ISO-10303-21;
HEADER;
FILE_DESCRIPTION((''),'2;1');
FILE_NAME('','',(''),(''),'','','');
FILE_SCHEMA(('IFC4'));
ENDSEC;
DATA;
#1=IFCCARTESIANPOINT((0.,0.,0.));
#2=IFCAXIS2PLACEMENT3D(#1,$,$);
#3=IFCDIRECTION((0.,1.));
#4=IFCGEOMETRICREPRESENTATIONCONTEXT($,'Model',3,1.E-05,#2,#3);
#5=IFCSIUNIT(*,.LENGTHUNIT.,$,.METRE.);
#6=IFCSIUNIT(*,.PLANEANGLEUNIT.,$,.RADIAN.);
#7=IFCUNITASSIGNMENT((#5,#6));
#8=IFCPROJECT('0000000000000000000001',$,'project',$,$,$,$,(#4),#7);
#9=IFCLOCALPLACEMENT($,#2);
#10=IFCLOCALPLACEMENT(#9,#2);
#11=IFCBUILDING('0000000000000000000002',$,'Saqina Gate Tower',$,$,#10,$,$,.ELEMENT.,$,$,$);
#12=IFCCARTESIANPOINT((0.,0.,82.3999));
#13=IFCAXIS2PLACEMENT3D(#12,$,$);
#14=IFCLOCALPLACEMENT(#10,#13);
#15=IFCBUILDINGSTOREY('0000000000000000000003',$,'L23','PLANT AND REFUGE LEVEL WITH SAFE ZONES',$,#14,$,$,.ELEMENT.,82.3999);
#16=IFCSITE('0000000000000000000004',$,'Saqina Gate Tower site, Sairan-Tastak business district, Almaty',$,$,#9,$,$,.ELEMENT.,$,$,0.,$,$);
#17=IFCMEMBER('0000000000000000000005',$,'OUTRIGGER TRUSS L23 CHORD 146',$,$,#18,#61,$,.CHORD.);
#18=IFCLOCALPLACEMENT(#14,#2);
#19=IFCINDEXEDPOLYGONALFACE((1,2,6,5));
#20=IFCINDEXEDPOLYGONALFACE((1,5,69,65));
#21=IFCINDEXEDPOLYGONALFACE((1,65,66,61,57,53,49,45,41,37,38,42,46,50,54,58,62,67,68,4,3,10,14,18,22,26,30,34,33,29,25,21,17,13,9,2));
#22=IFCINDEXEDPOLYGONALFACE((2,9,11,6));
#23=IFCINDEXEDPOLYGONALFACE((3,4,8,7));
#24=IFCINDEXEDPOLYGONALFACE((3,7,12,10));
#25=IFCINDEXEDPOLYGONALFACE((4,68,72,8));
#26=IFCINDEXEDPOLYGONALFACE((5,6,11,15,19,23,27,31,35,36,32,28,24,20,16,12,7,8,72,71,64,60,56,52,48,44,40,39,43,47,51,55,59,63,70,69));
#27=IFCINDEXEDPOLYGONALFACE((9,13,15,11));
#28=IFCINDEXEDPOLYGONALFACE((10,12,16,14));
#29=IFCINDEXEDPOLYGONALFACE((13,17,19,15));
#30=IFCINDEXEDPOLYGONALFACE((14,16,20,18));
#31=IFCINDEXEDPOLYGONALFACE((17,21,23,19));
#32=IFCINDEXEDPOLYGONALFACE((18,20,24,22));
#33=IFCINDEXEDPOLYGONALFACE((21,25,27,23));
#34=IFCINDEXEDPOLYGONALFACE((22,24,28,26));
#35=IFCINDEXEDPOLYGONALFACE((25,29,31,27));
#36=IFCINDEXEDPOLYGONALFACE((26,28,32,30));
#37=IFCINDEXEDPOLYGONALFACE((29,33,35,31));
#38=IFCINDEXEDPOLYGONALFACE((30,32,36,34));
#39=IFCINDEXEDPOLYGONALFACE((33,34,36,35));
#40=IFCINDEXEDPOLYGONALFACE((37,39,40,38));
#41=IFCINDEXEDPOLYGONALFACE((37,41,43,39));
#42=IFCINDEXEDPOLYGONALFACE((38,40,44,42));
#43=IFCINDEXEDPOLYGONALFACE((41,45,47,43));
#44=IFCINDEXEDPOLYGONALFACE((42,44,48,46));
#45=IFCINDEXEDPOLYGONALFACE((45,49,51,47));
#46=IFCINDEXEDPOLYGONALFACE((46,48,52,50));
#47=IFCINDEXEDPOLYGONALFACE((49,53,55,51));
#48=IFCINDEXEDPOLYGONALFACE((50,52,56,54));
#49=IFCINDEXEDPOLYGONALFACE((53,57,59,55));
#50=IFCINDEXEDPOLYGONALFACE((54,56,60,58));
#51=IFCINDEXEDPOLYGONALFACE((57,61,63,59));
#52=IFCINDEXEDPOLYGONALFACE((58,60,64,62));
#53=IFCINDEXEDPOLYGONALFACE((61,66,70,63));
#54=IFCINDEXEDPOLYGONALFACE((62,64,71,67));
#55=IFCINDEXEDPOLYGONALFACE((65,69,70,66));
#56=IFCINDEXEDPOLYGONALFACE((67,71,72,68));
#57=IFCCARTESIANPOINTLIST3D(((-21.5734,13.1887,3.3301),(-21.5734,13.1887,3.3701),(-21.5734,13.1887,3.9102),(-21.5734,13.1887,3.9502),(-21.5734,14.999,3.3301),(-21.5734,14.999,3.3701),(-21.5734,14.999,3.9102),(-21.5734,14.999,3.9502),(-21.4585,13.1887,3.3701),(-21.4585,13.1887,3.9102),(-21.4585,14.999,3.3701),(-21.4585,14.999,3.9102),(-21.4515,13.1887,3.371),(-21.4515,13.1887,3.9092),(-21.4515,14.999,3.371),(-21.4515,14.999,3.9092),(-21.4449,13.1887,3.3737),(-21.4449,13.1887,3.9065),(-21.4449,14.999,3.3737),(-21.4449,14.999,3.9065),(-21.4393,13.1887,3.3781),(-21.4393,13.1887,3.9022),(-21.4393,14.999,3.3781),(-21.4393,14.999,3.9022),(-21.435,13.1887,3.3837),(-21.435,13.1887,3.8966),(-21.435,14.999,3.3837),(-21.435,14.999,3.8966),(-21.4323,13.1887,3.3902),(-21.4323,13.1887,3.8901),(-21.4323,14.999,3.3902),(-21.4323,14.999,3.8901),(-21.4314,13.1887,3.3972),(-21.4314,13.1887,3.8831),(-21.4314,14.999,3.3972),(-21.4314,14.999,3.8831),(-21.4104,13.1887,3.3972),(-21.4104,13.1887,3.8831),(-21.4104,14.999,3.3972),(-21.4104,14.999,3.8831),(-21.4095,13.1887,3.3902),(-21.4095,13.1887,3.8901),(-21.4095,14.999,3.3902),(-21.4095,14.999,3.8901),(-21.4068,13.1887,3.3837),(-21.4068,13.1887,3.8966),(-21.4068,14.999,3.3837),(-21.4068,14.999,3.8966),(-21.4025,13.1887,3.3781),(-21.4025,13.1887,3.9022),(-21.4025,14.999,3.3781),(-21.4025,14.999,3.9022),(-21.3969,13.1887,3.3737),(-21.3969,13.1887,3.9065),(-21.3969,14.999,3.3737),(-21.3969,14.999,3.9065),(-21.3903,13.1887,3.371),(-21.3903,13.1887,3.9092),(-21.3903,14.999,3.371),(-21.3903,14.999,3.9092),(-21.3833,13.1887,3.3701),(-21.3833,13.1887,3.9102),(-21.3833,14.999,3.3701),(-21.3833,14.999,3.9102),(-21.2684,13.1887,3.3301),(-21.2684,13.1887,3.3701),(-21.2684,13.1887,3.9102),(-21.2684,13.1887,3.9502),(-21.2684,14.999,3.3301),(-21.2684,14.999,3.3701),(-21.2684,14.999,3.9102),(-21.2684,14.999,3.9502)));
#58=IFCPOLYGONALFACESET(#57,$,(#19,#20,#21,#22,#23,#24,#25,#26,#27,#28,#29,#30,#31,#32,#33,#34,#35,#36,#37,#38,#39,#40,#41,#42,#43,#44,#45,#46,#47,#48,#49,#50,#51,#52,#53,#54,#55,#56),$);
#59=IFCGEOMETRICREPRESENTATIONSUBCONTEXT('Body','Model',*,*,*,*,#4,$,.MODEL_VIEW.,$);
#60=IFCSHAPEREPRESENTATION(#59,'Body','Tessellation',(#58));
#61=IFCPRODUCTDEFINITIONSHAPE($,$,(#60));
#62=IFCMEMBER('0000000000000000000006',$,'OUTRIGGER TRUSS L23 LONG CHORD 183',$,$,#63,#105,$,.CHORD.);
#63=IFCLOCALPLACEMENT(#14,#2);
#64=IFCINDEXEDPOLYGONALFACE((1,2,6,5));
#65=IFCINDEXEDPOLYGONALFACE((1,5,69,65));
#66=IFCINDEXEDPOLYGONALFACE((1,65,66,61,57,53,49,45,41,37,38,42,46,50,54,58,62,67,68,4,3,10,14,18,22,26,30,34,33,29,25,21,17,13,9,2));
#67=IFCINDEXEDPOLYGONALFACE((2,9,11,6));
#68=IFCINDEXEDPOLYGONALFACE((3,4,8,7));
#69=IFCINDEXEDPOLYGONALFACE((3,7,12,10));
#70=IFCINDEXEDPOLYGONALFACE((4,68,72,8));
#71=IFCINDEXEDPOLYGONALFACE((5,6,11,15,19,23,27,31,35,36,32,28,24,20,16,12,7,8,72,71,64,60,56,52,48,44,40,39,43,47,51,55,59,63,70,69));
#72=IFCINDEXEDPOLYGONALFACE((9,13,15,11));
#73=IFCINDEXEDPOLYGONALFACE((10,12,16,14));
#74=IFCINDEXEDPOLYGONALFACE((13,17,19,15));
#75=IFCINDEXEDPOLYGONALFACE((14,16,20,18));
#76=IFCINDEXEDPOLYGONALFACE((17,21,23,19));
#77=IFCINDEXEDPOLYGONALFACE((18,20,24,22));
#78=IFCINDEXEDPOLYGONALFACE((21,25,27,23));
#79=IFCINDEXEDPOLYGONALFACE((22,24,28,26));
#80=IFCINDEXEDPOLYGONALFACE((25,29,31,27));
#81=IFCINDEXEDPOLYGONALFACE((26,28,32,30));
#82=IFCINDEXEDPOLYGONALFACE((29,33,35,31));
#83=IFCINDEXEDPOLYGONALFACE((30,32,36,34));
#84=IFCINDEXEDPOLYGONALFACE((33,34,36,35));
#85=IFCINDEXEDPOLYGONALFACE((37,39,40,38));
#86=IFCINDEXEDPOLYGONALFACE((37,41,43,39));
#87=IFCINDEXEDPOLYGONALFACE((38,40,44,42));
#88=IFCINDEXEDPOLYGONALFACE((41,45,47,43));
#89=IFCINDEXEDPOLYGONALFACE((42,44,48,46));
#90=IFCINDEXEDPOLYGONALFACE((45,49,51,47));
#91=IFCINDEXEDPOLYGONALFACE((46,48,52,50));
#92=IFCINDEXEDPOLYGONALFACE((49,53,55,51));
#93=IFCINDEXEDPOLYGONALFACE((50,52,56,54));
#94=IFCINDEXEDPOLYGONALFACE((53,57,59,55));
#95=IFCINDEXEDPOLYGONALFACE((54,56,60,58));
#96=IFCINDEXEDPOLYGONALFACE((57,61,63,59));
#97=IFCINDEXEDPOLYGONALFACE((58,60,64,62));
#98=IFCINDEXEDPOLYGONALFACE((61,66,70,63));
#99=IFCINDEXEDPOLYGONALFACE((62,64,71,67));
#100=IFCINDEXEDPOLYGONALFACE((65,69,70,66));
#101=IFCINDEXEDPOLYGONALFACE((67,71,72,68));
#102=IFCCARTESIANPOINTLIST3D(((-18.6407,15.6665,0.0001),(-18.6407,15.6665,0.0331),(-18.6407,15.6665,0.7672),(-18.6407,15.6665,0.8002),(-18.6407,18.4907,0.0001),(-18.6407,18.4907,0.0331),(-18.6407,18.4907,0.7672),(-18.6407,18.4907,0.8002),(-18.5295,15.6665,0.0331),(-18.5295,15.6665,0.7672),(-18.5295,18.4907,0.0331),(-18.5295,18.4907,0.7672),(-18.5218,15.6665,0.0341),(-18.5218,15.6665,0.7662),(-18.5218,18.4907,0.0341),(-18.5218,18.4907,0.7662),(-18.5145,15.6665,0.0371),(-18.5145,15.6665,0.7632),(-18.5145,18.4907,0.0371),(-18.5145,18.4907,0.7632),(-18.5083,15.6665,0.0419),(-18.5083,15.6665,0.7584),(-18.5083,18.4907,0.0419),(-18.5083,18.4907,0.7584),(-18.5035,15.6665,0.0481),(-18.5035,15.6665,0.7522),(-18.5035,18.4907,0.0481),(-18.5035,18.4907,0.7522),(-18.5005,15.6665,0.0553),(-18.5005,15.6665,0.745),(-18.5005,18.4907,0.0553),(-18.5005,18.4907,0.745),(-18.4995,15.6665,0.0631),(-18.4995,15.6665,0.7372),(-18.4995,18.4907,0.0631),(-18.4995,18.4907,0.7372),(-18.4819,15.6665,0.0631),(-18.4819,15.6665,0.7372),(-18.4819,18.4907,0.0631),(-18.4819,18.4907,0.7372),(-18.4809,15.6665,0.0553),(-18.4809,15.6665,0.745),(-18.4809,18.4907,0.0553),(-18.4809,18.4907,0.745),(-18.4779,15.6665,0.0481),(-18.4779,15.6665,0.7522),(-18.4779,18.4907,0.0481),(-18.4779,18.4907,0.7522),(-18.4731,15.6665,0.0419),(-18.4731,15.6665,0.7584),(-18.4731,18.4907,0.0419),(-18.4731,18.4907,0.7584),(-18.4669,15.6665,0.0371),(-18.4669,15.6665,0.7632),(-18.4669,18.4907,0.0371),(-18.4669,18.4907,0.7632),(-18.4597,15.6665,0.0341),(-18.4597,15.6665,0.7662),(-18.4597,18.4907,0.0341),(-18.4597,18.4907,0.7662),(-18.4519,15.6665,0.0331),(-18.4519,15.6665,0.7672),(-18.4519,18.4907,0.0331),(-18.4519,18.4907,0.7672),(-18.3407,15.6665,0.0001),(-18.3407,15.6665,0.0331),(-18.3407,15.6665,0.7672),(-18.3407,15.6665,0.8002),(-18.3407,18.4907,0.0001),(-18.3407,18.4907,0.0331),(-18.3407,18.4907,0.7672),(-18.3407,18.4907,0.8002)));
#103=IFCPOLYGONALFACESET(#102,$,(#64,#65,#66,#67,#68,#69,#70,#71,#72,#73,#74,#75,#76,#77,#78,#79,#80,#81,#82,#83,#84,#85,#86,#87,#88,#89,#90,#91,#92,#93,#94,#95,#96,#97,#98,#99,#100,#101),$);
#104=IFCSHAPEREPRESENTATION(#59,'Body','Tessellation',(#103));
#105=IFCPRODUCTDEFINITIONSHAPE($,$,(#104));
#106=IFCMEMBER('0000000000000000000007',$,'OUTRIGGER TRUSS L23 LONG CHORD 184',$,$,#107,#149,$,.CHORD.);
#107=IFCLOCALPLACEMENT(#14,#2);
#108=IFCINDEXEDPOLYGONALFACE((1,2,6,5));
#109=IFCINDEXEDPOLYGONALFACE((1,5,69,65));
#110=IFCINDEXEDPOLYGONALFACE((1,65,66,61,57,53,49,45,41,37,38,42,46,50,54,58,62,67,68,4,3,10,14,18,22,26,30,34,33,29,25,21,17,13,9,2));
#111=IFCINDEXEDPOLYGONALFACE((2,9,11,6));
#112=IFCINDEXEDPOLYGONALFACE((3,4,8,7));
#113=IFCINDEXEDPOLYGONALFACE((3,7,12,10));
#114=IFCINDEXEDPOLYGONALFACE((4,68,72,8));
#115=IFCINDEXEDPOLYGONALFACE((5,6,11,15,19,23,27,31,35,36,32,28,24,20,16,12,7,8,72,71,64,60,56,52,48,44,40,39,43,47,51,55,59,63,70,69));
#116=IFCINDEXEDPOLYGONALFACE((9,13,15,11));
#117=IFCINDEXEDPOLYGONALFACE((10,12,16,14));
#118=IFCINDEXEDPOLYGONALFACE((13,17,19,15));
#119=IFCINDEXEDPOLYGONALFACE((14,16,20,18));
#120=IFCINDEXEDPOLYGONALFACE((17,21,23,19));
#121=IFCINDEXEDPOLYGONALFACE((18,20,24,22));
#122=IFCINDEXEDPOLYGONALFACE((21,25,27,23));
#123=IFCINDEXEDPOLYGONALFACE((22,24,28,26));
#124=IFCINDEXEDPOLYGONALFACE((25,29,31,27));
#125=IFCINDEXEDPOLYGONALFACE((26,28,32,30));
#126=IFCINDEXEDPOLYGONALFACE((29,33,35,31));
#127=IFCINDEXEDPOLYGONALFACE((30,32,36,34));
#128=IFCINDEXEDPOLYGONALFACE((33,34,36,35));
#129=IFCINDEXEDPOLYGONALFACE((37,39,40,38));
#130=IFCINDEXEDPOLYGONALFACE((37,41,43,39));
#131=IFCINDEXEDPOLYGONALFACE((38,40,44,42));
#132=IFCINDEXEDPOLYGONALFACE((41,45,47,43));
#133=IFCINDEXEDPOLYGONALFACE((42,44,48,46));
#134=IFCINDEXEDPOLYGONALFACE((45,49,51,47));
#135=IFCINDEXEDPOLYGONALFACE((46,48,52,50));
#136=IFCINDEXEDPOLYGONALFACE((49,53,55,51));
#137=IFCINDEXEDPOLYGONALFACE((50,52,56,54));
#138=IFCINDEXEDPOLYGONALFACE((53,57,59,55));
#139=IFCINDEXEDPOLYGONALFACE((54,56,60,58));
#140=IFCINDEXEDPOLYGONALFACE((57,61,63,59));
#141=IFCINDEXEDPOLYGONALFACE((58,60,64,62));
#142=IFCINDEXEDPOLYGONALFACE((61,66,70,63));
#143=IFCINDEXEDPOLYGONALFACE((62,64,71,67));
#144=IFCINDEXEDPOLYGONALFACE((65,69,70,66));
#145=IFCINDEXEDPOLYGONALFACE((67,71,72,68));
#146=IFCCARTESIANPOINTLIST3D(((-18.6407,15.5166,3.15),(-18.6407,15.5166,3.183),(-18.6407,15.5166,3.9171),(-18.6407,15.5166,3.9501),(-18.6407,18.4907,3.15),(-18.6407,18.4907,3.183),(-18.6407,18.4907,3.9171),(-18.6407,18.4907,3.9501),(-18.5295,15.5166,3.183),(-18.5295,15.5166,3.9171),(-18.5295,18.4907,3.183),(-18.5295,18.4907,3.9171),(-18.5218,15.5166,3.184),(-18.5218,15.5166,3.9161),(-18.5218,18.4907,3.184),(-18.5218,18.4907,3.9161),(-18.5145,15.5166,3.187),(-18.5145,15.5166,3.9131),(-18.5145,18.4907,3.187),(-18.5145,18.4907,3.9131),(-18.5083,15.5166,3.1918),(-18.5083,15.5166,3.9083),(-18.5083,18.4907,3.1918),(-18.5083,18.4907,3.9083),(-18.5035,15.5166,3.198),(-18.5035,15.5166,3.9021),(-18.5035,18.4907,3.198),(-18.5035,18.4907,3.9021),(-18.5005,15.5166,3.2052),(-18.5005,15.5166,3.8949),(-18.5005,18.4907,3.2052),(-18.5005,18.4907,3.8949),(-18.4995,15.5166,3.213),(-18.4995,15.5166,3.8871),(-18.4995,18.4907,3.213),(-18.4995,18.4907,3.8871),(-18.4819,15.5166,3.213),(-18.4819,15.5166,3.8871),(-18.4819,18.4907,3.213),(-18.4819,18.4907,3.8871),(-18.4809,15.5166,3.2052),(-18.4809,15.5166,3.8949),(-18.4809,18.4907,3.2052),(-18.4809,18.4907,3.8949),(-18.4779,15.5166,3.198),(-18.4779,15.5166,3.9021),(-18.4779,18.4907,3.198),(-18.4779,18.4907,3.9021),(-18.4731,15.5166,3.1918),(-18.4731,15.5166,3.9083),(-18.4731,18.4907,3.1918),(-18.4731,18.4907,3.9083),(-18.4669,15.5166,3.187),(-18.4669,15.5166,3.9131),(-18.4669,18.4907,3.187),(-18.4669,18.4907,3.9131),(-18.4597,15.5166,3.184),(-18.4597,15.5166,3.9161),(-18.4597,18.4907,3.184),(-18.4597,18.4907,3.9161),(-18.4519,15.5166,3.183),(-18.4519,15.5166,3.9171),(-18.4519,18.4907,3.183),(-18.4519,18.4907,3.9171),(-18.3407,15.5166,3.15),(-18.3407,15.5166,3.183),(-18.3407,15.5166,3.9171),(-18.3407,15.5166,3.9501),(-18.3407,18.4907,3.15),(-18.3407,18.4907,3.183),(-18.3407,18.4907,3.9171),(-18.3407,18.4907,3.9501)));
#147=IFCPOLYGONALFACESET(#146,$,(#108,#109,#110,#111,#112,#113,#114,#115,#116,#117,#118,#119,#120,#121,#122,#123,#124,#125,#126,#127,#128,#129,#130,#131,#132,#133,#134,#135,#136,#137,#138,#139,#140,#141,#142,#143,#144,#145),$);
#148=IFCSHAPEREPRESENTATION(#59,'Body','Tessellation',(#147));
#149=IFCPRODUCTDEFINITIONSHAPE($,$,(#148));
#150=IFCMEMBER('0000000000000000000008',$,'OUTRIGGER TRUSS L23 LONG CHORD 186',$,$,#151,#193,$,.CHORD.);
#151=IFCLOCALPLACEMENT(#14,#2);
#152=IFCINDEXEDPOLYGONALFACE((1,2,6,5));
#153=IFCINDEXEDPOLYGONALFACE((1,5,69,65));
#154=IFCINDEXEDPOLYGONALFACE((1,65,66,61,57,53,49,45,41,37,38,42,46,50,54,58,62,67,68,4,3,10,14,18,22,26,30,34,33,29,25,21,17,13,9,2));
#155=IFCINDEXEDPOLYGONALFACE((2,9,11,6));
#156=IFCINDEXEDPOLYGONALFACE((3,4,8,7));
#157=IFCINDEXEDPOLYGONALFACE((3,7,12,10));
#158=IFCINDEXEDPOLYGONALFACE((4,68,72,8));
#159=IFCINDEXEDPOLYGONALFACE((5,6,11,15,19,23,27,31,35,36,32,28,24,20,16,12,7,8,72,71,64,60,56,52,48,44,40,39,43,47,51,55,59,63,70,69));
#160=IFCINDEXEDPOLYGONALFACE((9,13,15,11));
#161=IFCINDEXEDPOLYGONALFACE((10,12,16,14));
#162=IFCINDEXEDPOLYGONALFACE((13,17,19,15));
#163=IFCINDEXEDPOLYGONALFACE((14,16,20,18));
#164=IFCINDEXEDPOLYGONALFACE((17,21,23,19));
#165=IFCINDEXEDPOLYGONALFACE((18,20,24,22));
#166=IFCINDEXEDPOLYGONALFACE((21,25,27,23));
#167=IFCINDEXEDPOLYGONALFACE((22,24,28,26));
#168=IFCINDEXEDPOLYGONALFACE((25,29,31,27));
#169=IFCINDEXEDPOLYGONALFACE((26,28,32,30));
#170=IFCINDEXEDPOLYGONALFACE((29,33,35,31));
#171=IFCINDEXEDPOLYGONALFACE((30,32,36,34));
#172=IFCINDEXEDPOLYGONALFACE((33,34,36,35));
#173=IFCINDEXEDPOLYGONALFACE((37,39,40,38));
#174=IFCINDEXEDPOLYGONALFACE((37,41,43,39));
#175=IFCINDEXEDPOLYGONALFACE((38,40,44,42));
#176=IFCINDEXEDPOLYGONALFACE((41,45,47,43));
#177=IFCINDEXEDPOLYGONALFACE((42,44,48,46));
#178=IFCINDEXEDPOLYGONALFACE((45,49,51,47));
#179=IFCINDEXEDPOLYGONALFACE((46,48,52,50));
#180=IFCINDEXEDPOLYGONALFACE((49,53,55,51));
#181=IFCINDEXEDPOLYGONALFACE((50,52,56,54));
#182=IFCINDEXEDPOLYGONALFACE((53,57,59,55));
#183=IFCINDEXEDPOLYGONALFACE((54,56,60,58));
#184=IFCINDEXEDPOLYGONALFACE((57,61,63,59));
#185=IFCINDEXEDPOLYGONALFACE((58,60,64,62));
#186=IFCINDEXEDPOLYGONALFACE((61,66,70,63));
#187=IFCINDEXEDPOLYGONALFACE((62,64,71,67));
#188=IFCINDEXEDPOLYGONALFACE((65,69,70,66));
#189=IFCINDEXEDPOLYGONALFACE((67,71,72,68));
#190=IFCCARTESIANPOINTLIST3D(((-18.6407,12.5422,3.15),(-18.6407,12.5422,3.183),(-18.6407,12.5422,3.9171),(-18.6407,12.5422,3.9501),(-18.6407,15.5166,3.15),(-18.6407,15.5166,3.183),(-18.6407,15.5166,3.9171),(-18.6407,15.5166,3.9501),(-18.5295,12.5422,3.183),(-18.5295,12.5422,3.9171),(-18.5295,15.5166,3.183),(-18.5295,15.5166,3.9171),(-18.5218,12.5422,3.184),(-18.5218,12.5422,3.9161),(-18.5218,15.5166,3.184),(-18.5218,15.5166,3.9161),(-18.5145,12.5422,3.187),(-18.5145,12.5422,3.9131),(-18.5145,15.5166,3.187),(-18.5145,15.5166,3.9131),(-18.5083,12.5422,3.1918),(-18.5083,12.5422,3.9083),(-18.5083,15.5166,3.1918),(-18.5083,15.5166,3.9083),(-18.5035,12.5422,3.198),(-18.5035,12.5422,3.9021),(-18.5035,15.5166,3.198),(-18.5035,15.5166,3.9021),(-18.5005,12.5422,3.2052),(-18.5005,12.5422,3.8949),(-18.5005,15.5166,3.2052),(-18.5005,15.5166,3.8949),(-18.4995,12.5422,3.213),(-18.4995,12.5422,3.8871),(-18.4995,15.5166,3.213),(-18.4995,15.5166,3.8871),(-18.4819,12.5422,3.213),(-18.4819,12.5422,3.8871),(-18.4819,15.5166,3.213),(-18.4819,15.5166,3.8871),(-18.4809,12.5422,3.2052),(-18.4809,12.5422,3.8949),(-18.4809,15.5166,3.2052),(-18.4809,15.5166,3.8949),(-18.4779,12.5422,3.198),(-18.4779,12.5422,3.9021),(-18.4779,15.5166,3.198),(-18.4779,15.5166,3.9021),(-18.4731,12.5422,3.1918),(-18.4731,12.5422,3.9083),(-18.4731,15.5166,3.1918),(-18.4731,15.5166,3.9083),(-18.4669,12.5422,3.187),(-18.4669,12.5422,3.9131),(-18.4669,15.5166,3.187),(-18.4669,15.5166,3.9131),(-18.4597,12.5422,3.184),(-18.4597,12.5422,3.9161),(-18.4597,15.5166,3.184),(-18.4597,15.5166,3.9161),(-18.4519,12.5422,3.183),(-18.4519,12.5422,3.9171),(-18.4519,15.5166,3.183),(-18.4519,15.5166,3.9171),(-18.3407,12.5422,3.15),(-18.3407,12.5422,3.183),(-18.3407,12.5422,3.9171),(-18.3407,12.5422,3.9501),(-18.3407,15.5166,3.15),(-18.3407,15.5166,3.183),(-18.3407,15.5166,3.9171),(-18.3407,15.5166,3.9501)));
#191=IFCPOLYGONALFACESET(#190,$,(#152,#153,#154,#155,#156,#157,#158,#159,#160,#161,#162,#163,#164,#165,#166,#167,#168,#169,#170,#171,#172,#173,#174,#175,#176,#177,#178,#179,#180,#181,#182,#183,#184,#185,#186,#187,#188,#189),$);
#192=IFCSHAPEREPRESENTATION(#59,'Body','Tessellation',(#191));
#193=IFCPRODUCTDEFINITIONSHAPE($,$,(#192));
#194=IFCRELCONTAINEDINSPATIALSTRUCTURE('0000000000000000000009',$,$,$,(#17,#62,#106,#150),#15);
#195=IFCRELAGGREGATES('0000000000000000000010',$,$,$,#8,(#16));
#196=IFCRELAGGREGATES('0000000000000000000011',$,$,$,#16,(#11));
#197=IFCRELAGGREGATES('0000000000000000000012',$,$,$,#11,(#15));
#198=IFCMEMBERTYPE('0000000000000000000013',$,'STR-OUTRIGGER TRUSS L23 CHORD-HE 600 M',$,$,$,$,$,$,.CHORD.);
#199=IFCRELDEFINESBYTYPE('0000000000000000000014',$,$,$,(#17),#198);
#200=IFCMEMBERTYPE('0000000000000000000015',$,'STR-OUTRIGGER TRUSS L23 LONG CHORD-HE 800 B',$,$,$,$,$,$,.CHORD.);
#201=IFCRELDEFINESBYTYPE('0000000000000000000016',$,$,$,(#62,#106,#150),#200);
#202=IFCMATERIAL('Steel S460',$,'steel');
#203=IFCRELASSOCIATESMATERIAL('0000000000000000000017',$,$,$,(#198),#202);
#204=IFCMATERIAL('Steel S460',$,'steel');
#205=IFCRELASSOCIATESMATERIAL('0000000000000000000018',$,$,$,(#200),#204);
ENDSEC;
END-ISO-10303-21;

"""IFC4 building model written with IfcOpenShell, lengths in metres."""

from ifc_helpers import new_model, si_unit, direction, frame, origin, origin_2d, place, context, subcontext, project, spatial, i_section, extrude, material, material_profile, profile_set, type_object, element, save


model = new_model("IFC4")

# Units and contexts
model_context = context("Model", 3, precision=1e-05, world=origin(), true_north=direction((0.0, 1.0)))
body_context = subcontext(model_context, "Body", "Model", "MODEL_VIEW")
ifc_project = project(units=[si_unit("LENGTHUNIT", "METRE"), si_unit("PLANEANGLEUNIT", "RADIAN")], contexts=[model_context])

# Site, building, storey
site_placement = place(None, origin())
site = spatial("IfcSite", under=ifc_project, at=site_placement, Name="Saqina Gate Tower site, Sairan-Tastak business district, Almaty", CompositionType="ELEMENT", RefElevation=0.0)
building_placement = place(site_placement, origin())
building = spatial("IfcBuilding", under=site, at=building_placement, Name="Saqina Gate Tower", CompositionType="ELEMENT")
storey_placement = place(building_placement, frame((0.0, 0.0, 82.3999)))
storey = spatial("IfcBuildingStorey", under=building, at=storey_placement, Name="L23", Description="PLANT AND REFUGE LEVEL WITH SAFE ZONES", CompositionType="ELEMENT", Elevation=82.3999)

# Members
ifc_material_1 = material(Name="Steel S460", Category="steel")
ifc_material_profile_1 = material_profile(ifc_material_1, i_section(OverallWidth=0.3049, OverallDepth=0.6201, WebThickness=0.021, FlangeThickness=0.04, FilletRadius=0.0271, at=origin_2d()), Name="HE 600 M")
ifc_profile_set_1 = profile_set([ifc_material_profile_1], Name="Steel S460")
member_type_1 = type_object("IfcMemberType", Name="STR-OUTRIGGER TRUSS L23 CHORD-HE 600 M", PredefinedType="CHORD", material=ifc_profile_set_1)
member_1_placement = place(storey_placement, frame((-21.4209, 13.1887, 3.6401), z_axis=(0.0, 1.0, 0.0), x_axis=(-1.0, 0.0, 0.0)))
element("IfcMember", 1, at=member_1_placement, inside=storey, type_object=member_type_1, Name="OUTRIGGER TRUSS L23 CHORD 146", PredefinedType="CHORD", context=body_context, shape_type="SweptSolid", body=[
    extrude(i_section(OverallWidth=0.3049, OverallDepth=0.6201, WebThickness=0.021, FlangeThickness=0.04, FilletRadius=0.0271, at=origin_2d()), origin(), (0.0, 0.0, 1.0), 1.8103),
])
ifc_material_2 = material(Name="Steel S460", Category="steel")
ifc_material_profile_2 = material_profile(ifc_material_2, i_section(OverallWidth=0.3, OverallDepth=0.8, WebThickness=0.0176, FlangeThickness=0.033, FilletRadius=0.03, at=origin_2d()), Name="HE 800 B")
ifc_profile_set_2 = profile_set([ifc_material_profile_2], Name="Steel S460")
member_type_2 = type_object("IfcMemberType", Name="STR-OUTRIGGER TRUSS L23 LONG CHORD-HE 800 B", PredefinedType="CHORD", material=ifc_profile_set_2)
member_2_placement = place(storey_placement, frame((-18.4907, 15.6665, 0.4001), z_axis=(0.0, 1.0, 0.0), x_axis=(-1.0, 0.0, 0.0)))
element("IfcMember", 2, at=member_2_placement, inside=storey, type_object=member_type_2, Name="OUTRIGGER TRUSS L23 LONG CHORD 183", PredefinedType="CHORD", context=body_context, shape_type="SweptSolid", body=[
    extrude(i_section(OverallWidth=0.3, OverallDepth=0.8, WebThickness=0.0176, FlangeThickness=0.033, FilletRadius=0.03, at=origin_2d()), origin(), (0.0, 0.0, 1.0), 2.8242),
])
member_3_placement = place(storey_placement, frame((-18.4907, 15.5166, 3.55), z_axis=(0.0, 1.0, 0.0), x_axis=(-1.0, 0.0, 0.0)))
element("IfcMember", 3, at=member_3_placement, inside=storey, type_object=member_type_2, Name="OUTRIGGER TRUSS L23 LONG CHORD 184", PredefinedType="CHORD", context=body_context, shape_type="SweptSolid", body=[
    extrude(i_section(OverallWidth=0.3, OverallDepth=0.8, WebThickness=0.0176, FlangeThickness=0.033, FilletRadius=0.03, at=origin_2d()), origin(), (0.0, 0.0, 1.0), 2.9741),
])
member_4_placement = place(storey_placement, frame((-18.4907, 12.5422, 3.55), z_axis=(0.0, 1.0, 0.0), x_axis=(-1.0, 0.0, 0.0)))
element("IfcMember", 4, at=member_4_placement, inside=storey, type_object=member_type_2, Name="OUTRIGGER TRUSS L23 LONG CHORD 186", PredefinedType="CHORD", context=body_context, shape_type="SweptSolid", body=[
    extrude(i_section(OverallWidth=0.3, OverallDepth=0.8, WebThickness=0.0176, FlangeThickness=0.033, FilletRadius=0.03, at=origin_2d()), origin(), (0.0, 0.0, 1.0), 2.9744),
])

save(model, "model.ifc")
